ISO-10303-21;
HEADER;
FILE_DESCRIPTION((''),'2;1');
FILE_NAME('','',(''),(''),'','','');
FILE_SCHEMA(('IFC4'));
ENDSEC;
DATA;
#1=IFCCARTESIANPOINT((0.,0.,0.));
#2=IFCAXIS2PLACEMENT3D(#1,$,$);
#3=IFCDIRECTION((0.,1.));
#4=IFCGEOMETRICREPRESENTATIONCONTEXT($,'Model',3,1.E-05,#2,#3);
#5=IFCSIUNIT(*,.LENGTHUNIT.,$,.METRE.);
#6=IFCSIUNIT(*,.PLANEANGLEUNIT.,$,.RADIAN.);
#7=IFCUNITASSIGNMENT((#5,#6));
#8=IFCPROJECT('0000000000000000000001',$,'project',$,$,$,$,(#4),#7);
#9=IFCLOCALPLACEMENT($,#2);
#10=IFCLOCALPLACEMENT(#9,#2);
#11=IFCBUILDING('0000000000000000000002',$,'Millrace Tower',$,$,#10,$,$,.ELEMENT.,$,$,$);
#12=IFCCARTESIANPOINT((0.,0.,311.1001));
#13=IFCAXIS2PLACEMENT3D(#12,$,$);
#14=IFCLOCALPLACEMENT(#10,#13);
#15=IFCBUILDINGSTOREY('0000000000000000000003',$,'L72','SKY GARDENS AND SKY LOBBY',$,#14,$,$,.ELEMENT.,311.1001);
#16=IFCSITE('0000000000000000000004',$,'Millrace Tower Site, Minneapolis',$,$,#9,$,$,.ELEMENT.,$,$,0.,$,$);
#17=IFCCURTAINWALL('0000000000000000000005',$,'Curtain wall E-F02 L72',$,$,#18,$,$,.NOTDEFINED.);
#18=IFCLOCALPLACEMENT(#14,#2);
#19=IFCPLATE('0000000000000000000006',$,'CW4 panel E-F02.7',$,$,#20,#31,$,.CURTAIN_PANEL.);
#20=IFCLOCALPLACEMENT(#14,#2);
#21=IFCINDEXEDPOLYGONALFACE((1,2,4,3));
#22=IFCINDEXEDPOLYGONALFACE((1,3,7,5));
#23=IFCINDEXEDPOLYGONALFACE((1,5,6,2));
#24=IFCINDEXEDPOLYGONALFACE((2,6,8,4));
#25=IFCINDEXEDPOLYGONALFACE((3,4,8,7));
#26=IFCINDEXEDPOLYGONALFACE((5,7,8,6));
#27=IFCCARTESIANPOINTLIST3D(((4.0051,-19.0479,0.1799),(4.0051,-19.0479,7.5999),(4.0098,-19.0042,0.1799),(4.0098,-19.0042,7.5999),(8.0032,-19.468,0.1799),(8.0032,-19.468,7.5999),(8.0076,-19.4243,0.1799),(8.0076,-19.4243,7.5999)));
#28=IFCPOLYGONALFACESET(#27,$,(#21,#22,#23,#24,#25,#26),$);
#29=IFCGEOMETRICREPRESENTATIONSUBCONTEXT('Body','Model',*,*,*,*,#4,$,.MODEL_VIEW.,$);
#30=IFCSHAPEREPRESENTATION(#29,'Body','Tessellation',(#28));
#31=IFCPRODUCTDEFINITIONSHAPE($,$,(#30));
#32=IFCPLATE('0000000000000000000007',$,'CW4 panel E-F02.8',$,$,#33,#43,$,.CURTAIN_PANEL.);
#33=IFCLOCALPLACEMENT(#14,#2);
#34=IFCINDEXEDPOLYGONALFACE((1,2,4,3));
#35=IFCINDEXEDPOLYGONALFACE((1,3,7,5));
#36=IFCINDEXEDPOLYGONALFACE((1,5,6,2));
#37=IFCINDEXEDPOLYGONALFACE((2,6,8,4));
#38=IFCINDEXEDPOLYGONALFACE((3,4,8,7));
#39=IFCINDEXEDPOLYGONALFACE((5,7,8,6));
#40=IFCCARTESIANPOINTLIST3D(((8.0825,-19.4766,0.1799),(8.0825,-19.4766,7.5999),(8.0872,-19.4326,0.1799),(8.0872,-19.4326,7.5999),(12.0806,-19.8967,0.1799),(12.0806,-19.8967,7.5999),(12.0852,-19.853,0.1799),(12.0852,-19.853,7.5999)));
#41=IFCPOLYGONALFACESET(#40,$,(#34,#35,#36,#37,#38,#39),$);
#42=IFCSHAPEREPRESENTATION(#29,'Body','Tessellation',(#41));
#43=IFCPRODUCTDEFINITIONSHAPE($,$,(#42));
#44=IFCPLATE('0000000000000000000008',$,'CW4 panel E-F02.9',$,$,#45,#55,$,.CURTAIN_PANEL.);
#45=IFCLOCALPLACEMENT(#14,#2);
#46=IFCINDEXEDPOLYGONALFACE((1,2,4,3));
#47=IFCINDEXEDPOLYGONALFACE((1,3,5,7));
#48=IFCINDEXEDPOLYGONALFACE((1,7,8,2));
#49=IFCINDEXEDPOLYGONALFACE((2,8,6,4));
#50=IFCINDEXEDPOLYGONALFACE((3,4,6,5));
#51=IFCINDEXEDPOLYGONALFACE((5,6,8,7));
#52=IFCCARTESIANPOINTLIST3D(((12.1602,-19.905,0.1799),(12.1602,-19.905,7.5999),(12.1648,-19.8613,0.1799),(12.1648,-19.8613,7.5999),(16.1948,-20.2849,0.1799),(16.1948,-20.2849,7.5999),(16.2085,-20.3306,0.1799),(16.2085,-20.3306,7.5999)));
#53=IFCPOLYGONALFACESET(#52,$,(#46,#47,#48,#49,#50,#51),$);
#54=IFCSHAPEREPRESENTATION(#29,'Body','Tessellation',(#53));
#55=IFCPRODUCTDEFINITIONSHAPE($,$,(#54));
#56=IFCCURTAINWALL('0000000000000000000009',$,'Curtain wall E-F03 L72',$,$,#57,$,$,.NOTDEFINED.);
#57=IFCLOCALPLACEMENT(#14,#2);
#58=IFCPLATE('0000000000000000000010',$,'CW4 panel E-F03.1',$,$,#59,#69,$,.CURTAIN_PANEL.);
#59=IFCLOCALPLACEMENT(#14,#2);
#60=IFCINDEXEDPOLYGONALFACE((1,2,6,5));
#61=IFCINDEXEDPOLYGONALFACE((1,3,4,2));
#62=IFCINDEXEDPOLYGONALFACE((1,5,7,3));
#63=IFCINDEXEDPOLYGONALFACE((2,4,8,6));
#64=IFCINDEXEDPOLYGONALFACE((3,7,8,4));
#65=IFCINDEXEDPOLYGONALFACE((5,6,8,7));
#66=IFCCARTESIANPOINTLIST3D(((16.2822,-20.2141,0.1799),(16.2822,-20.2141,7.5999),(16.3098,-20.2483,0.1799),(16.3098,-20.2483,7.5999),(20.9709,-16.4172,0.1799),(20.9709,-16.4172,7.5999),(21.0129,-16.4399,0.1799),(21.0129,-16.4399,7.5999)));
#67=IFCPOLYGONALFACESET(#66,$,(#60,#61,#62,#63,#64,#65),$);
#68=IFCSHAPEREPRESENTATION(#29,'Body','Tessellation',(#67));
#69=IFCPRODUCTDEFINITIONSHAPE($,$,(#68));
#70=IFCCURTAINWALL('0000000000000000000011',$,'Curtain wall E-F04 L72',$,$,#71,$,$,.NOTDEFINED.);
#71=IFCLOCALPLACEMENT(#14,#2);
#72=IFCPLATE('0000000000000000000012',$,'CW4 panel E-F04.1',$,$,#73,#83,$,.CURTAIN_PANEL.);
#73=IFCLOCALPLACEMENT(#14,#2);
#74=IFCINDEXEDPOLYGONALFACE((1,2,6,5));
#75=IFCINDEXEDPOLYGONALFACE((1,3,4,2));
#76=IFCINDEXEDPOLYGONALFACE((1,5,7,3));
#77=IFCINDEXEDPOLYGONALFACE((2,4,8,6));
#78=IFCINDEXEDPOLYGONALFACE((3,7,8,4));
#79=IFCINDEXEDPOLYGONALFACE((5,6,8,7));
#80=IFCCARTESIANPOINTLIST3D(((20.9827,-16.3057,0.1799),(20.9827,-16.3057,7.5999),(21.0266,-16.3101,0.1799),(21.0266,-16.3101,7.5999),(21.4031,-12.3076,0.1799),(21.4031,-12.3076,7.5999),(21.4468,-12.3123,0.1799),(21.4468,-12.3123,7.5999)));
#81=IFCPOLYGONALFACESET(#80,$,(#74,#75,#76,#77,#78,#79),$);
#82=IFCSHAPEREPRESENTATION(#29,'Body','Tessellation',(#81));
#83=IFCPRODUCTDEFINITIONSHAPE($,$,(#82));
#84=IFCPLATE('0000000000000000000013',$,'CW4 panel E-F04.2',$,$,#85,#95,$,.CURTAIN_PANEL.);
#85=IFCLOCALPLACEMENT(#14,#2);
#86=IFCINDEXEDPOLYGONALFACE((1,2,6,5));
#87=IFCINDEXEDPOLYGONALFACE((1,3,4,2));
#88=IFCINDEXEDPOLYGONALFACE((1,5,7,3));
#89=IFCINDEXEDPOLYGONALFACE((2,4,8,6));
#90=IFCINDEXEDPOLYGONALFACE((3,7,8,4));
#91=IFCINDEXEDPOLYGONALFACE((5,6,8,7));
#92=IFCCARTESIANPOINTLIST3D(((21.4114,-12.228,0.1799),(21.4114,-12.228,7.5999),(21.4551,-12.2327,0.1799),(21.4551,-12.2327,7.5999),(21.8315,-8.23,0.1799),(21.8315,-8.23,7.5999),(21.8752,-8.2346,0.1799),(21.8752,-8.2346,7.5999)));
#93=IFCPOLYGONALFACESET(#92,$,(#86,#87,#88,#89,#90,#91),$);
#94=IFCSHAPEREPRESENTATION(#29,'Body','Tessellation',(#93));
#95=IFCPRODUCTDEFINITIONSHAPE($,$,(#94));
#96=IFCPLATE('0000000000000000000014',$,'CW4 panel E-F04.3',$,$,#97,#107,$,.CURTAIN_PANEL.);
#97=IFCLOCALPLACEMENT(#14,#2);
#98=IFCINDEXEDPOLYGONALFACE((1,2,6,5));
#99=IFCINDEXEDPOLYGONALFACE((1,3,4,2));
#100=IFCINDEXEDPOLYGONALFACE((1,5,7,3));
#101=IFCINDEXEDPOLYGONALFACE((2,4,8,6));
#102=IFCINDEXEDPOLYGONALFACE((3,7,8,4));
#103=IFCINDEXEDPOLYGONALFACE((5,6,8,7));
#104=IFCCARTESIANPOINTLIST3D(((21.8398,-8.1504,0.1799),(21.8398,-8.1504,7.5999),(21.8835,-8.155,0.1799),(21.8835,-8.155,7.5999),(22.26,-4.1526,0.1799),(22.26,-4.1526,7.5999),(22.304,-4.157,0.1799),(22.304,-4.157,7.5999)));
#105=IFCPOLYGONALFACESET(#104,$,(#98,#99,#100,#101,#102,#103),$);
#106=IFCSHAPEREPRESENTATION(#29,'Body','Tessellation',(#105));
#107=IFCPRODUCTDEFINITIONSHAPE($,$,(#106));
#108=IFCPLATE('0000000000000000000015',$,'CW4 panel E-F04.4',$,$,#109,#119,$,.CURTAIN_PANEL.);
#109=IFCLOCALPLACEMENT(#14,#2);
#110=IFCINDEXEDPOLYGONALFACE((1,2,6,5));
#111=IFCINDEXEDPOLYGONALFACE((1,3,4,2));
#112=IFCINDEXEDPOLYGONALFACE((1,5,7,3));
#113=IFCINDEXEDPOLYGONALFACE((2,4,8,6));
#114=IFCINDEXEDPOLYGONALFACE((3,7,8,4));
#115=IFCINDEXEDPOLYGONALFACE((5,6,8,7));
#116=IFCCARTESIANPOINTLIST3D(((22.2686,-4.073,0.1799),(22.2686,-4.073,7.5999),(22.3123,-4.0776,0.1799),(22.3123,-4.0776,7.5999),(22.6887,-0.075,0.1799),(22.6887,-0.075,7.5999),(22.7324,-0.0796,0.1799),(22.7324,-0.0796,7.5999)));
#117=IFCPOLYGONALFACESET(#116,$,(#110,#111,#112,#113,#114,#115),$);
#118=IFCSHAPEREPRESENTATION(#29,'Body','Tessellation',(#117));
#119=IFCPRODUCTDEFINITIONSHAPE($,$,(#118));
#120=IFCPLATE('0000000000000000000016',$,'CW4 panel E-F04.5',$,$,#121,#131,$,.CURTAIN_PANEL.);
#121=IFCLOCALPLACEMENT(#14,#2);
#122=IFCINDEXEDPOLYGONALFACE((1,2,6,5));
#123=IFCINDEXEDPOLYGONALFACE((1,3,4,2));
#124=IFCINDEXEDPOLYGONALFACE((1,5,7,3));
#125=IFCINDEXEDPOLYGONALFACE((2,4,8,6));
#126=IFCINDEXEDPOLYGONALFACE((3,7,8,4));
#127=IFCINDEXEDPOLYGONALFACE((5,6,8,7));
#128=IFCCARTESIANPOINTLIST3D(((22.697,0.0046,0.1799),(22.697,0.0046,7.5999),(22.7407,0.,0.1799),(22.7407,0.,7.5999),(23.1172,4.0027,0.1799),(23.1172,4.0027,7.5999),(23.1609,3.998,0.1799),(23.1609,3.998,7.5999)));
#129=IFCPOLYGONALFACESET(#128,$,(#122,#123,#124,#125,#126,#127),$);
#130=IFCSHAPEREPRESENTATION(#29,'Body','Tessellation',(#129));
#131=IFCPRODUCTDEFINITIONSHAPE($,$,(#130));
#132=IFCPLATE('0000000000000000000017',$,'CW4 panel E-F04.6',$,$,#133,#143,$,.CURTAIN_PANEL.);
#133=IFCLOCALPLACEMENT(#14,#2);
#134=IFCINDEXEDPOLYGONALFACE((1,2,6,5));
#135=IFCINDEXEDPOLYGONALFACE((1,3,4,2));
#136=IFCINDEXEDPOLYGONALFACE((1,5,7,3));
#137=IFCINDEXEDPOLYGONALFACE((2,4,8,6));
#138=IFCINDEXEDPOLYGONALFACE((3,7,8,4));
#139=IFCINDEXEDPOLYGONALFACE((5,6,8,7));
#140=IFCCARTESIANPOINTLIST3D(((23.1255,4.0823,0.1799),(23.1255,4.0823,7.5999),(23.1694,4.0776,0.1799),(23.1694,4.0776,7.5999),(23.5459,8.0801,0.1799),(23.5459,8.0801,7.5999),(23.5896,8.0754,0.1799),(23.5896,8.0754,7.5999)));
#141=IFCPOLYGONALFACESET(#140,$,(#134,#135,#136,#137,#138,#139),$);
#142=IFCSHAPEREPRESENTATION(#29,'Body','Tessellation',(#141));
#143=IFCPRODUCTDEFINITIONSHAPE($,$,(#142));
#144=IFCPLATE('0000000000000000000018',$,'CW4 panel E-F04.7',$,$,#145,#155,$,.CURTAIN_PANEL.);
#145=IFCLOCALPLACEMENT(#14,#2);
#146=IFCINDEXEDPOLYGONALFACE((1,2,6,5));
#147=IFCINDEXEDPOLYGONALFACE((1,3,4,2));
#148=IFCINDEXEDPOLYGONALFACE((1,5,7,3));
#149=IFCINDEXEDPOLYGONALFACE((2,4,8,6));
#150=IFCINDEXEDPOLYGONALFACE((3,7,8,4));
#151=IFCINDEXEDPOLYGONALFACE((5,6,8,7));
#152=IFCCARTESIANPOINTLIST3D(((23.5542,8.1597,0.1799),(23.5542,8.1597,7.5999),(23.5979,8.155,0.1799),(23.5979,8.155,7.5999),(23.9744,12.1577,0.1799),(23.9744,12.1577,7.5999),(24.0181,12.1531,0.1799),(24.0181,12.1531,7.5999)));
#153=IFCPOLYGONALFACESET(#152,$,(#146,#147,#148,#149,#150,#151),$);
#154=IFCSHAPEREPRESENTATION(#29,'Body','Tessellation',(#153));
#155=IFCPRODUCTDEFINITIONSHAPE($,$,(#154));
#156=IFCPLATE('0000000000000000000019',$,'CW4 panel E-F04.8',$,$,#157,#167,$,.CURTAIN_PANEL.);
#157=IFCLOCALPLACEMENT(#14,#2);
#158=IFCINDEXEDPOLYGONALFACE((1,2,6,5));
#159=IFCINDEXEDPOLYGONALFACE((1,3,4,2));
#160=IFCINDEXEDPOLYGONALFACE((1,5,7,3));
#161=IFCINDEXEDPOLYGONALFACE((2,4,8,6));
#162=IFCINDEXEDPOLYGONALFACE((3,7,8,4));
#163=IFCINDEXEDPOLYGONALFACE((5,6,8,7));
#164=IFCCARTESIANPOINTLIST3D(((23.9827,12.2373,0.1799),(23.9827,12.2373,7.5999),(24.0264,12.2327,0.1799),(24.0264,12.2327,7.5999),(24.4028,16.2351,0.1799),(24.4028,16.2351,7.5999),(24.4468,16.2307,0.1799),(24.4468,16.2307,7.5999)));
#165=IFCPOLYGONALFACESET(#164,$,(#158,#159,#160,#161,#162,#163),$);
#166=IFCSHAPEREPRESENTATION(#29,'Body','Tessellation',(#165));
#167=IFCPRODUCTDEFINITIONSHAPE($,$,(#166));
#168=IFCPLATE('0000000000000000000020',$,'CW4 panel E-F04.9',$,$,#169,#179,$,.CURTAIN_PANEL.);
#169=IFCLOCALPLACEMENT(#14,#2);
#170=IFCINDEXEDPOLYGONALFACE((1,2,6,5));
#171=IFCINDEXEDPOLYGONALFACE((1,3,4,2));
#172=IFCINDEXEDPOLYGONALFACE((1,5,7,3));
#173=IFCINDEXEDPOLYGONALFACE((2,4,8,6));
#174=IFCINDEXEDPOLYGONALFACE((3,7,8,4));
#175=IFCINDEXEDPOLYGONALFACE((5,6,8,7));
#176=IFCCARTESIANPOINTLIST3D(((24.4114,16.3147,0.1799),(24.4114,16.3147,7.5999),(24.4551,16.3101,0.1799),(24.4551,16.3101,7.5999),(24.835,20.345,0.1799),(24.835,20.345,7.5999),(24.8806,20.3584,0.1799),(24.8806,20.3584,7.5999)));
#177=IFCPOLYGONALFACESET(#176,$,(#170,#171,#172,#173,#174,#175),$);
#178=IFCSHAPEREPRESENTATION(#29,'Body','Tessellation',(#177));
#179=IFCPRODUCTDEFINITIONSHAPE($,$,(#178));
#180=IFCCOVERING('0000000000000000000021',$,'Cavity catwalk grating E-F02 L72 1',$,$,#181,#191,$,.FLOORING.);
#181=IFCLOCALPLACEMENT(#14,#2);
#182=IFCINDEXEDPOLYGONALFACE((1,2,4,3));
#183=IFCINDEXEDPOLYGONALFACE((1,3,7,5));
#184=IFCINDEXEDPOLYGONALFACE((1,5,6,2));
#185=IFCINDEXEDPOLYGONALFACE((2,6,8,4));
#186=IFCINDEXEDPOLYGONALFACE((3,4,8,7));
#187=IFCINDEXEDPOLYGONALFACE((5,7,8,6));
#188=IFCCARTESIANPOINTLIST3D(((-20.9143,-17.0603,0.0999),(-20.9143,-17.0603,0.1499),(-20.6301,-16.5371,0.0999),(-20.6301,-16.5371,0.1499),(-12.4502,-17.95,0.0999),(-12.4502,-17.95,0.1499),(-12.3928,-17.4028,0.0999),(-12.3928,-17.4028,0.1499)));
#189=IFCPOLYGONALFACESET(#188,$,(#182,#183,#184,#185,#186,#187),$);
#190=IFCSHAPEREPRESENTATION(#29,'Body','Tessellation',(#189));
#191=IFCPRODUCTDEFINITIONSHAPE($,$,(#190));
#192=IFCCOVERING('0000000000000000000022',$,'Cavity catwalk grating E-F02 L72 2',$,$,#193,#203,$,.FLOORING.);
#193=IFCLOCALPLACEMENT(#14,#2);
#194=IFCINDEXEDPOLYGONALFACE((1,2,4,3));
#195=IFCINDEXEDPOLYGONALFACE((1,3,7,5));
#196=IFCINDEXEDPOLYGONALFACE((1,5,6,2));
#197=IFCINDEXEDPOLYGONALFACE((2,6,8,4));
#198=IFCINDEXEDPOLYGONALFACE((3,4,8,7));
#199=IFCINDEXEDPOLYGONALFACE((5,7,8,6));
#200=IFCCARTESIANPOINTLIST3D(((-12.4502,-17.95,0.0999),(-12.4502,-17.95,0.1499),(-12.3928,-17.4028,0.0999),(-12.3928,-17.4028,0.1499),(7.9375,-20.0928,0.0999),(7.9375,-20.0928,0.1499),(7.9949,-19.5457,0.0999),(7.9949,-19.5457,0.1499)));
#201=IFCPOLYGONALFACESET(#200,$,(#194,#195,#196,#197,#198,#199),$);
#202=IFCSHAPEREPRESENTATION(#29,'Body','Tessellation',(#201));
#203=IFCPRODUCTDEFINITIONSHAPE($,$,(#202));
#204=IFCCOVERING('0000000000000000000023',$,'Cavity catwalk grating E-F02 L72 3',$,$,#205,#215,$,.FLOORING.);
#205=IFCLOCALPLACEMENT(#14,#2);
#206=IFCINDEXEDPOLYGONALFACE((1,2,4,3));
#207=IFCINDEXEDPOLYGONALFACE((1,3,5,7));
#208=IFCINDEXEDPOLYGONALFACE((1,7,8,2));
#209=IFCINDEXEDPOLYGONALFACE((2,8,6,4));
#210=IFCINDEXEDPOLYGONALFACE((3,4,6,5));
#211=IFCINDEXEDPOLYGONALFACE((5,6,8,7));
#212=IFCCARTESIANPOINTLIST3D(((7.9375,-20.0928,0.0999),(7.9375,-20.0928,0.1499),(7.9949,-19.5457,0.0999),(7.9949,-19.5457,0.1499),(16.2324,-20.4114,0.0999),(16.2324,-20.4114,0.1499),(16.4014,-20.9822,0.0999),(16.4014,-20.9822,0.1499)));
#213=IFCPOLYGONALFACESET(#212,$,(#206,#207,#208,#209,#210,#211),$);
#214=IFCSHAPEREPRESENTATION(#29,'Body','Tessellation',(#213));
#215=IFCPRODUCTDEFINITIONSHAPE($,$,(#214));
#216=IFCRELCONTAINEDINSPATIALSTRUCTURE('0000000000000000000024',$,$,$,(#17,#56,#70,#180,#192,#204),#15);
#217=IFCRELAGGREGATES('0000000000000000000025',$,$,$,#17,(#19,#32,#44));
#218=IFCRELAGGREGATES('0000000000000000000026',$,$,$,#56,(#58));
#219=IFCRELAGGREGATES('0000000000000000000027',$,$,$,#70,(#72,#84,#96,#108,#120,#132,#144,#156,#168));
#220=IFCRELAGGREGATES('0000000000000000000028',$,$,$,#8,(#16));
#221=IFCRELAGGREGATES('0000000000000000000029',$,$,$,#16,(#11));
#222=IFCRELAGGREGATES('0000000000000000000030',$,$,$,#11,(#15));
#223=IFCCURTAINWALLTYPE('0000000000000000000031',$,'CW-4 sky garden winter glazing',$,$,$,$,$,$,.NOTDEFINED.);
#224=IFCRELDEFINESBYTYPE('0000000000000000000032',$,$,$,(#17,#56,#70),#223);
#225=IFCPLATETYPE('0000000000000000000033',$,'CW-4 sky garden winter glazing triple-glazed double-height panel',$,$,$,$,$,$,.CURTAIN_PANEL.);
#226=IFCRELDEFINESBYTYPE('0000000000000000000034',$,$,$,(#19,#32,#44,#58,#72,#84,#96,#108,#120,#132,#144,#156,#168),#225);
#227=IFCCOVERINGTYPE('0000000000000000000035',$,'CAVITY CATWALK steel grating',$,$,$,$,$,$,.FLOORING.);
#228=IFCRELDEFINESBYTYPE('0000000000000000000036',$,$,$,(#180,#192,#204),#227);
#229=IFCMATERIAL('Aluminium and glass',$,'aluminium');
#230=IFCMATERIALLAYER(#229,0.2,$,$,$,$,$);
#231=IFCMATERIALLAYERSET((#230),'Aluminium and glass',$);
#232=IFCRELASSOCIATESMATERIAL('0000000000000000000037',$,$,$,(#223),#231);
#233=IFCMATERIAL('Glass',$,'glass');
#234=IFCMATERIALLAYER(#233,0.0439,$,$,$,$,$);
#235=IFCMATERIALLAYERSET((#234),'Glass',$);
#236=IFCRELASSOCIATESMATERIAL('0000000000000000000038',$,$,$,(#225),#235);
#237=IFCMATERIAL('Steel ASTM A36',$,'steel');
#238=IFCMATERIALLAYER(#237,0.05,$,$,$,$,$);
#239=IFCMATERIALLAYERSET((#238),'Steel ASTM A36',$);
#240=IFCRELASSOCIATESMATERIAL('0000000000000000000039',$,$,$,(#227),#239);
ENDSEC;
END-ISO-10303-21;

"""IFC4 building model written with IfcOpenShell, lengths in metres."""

from ifc_helpers import new_model, si_unit, direction, frame, origin, place, context, subcontext, project, spatial, polyline, outline, extrude, material, layer, layer_set, type_object, element, aggregate, save


model = new_model("IFC4")

# Units and contexts
model_context = context("Model", 3, precision=1e-05, world=origin(), true_north=direction((0.0, 1.0)))
body_context = subcontext(model_context, "Body", "Model", "MODEL_VIEW")
ifc_project = project(units=[si_unit("LENGTHUNIT", "METRE"), si_unit("PLANEANGLEUNIT", "RADIAN")], contexts=[model_context])

# Site, building, storey
site_placement = place(None, origin())
site = spatial("IfcSite", under=ifc_project, at=site_placement, Name="Millrace Tower Site, Minneapolis", CompositionType="ELEMENT", RefElevation=0.0)
building_placement = place(site_placement, origin())
building = spatial("IfcBuilding", under=site, at=building_placement, Name="Millrace Tower", CompositionType="ELEMENT")
storey_placement = place(building_placement, frame((0.0, 0.0, 311.1001)))
storey = spatial("IfcBuildingStorey", under=building, at=storey_placement, Name="L72", Description="SKY GARDENS AND SKY LOBBY", CompositionType="ELEMENT", Elevation=311.1001)

# Curtain wall, plates
ifc_material_1 = material(Name="Aluminium and glass", Category="aluminium")
ifc_layer_1 = layer(ifc_material_1, 0.2)
ifc_layer_set_1 = layer_set([ifc_layer_1], Name="Aluminium and glass")
curtain_wall_type = type_object("IfcCurtainWallType", Name="CW-4 sky garden winter glazing", PredefinedType="NOTDEFINED", material=ifc_layer_set_1)
placement_1 = place(storey_placement, origin())
curtain_wall_1 = element("IfcCurtainWall", 1, at=placement_1, inside=storey, type_object=curtain_wall_type, Name="Curtain wall E-F02 L72", PredefinedType="NOTDEFINED")
ifc_material_2 = material(Name="Glass", Category="glass")
ifc_layer_2 = layer(ifc_material_2, 0.0439)
ifc_layer_set_2 = layer_set([ifc_layer_2], Name="Glass")
plate_type = type_object("IfcPlateType", Name="CW-4 sky garden winter glazing triple-glazed double-height panel", PredefinedType="CURTAIN_PANEL", material=ifc_layer_set_2)
placement_2 = place(storey_placement, frame((0.0, 0.0, 0.1799)))
plate_1 = element("IfcPlate", 2, at=placement_2, type_object=plate_type, Name="CW4 panel E-F02.7", PredefinedType="CURTAIN_PANEL", context=body_context, shape_type="SweptSolid", body=[
    extrude(outline(polyline([(4.0051, -19.0479), (8.0032, -19.468), (8.0076, -19.4243), (4.0098, -19.0042), (4.0051, -19.0479)])), origin(), (0.0, 0.0, 1.0), 7.4199),
])
plate_2 = element("IfcPlate", 3, at=placement_2, type_object=plate_type, Name="CW4 panel E-F02.8", PredefinedType="CURTAIN_PANEL", context=body_context, shape_type="SweptSolid", body=[
    extrude(outline(polyline([(8.0825, -19.4766), (12.0806, -19.8967), (12.0852, -19.853), (8.0872, -19.4326), (8.0825, -19.4766)])), origin(), (0.0, 0.0, 1.0), 7.4199),
])
plate_3 = element("IfcPlate", 4, at=placement_2, type_object=plate_type, Name="CW4 panel E-F02.9", PredefinedType="CURTAIN_PANEL", context=body_context, shape_type="SweptSolid", body=[
    extrude(outline(polyline([(12.1602, -19.905), (16.2085, -20.3306), (16.1948, -20.2849), (12.1648, -19.8613), (12.1602, -19.905)])), origin(), (0.0, 0.0, 1.0), 7.4199),
])
aggregate(curtain_wall_1, [plate_1, plate_2, plate_3])

# Curtain wall, plate
curtain_wall_2 = element("IfcCurtainWall", 5, at=placement_1, inside=storey, type_object=curtain_wall_type, Name="Curtain wall E-F03 L72", PredefinedType="NOTDEFINED")
plate_4 = element("IfcPlate", 6, at=placement_2, type_object=plate_type, Name="CW4 panel E-F03.1", PredefinedType="CURTAIN_PANEL", context=body_context, shape_type="SweptSolid", body=[
    extrude(outline(polyline([(16.3098, -20.2483), (21.0129, -16.4399), (20.9709, -16.4172), (16.2822, -20.2141), (16.3098, -20.2483)])), origin(), (0.0, 0.0, 1.0), 7.4199),
])
aggregate(curtain_wall_2, [plate_4])

# Curtain wall, plates
curtain_wall_3 = element("IfcCurtainWall", 7, at=placement_1, inside=storey, type_object=curtain_wall_type, Name="Curtain wall E-F04 L72", PredefinedType="NOTDEFINED")
plate_5 = element("IfcPlate", 8, at=placement_2, type_object=plate_type, Name="CW4 panel E-F04.1", PredefinedType="CURTAIN_PANEL", context=body_context, shape_type="SweptSolid", body=[
    extrude(outline(polyline([(21.0266, -16.3101), (21.4468, -12.3123), (21.4031, -12.3076), (20.9827, -16.3057), (21.0266, -16.3101)])), origin(), (0.0, 0.0, 1.0), 7.4199),
])
plate_6 = element("IfcPlate", 9, at=placement_2, type_object=plate_type, Name="CW4 panel E-F04.2", PredefinedType="CURTAIN_PANEL", context=body_context, shape_type="SweptSolid", body=[
    extrude(outline(polyline([(21.4551, -12.2327), (21.8752, -8.2346), (21.8315, -8.23), (21.4114, -12.228), (21.4551, -12.2327)])), origin(), (0.0, 0.0, 1.0), 7.4199),
])
plate_7 = element("IfcPlate", 10, at=placement_2, type_object=plate_type, Name="CW4 panel E-F04.3", PredefinedType="CURTAIN_PANEL", context=body_context, shape_type="SweptSolid", body=[
    extrude(outline(polyline([(21.8835, -8.155), (22.304, -4.157), (22.26, -4.1526), (21.8398, -8.1504), (21.8835, -8.155)])), origin(), (0.0, 0.0, 1.0), 7.4199),
])
plate_8 = element("IfcPlate", 11, at=placement_2, type_object=plate_type, Name="CW4 panel E-F04.4", PredefinedType="CURTAIN_PANEL", context=body_context, shape_type="SweptSolid", body=[
    extrude(outline(polyline([(22.3123, -4.0776), (22.7324, -0.0796), (22.6887, -0.075), (22.2686, -4.073), (22.3123, -4.0776)])), origin(), (0.0, 0.0, 1.0), 7.4199),
])
plate_9 = element("IfcPlate", 12, at=placement_2, type_object=plate_type, Name="CW4 panel E-F04.5", PredefinedType="CURTAIN_PANEL", context=body_context, shape_type="SweptSolid", body=[
    extrude(outline(polyline([(22.7407, 0.0), (23.1609, 3.998), (23.1172, 4.0027), (22.697, 0.0046), (22.7407, 0.0)])), origin(), (0.0, 0.0, 1.0), 7.4199),
])
plate_10 = element("IfcPlate", 13, at=placement_2, type_object=plate_type, Name="CW4 panel E-F04.6", PredefinedType="CURTAIN_PANEL", context=body_context, shape_type="SweptSolid", body=[
    extrude(outline(polyline([(23.1694, 4.0776), (23.5896, 8.0754), (23.5459, 8.0801), (23.1255, 4.0823), (23.1694, 4.0776)])), origin(), (0.0, 0.0, 1.0), 7.4199),
])
plate_11 = element("IfcPlate", 14, at=placement_2, type_object=plate_type, Name="CW4 panel E-F04.7", PredefinedType="CURTAIN_PANEL", context=body_context, shape_type="SweptSolid", body=[
    extrude(outline(polyline([(23.5979, 8.155), (24.0181, 12.1531), (23.9744, 12.1577), (23.5542, 8.1597), (23.5979, 8.155)])), origin(), (0.0, 0.0, 1.0), 7.4199),
])
plate_12 = element("IfcPlate", 15, at=placement_2, type_object=plate_type, Name="CW4 panel E-F04.8", PredefinedType="CURTAIN_PANEL", context=body_context, shape_type="SweptSolid", body=[
    extrude(outline(polyline([(24.0264, 12.2327), (24.4468, 16.2307), (24.4028, 16.2351), (23.9827, 12.2373), (24.0264, 12.2327)])), origin(), (0.0, 0.0, 1.0), 7.4199),
])
plate_13 = element("IfcPlate", 16, at=placement_2, type_object=plate_type, Name="CW4 panel E-F04.9", PredefinedType="CURTAIN_PANEL", context=body_context, shape_type="SweptSolid", body=[
    extrude(outline(polyline([(24.4551, 16.3101), (24.8806, 20.3584), (24.835, 20.345), (24.4114, 16.3147), (24.4551, 16.3101)])), origin(), (0.0, 0.0, 1.0), 7.4199),
])
aggregate(curtain_wall_3, [plate_5, plate_6, plate_7, plate_8, plate_9, plate_10, plate_11, plate_12, plate_13])

# Coverings
ifc_material_3 = material(Name="Steel ASTM A36", Category="steel")
ifc_layer_3 = layer(ifc_material_3, 0.05)
ifc_layer_set_3 = layer_set([ifc_layer_3], Name="Steel ASTM A36")
covering_type = type_object("IfcCoveringType", Name="CAVITY CATWALK steel grating", PredefinedType="FLOORING", material=ifc_layer_set_3)
placement_3 = place(storey_placement, frame((0.0, 0.0, 0.0999)))
element("IfcCovering", 17, at=placement_3, inside=storey, type_object=covering_type, Name="Cavity catwalk grating E-F02 L72 1", PredefinedType="FLOORING", context=body_context, shape_type="SweptSolid", body=[
    extrude(outline(polyline([(-20.9143, -17.0603), (-12.4502, -17.95), (-12.3928, -17.4028), (-20.6301, -16.5371), (-20.9143, -17.0603)])), origin(), (0.0, 0.0, 1.0), 0.05),
])
element("IfcCovering", 18, at=placement_3, inside=storey, type_object=covering_type, Name="Cavity catwalk grating E-F02 L72 2", PredefinedType="FLOORING", context=body_context, shape_type="SweptSolid", body=[
    extrude(outline(polyline([(-12.4502, -17.95), (7.9375, -20.0928), (7.9949, -19.5457), (-12.3928, -17.4028), (-12.4502, -17.95)])), origin(), (0.0, 0.0, 1.0), 0.05),
])
element("IfcCovering", 19, at=placement_3, inside=storey, type_object=covering_type, Name="Cavity catwalk grating E-F02 L72 3", PredefinedType="FLOORING", context=body_context, shape_type="SweptSolid", body=[
    extrude(outline(polyline([(7.9375, -20.0928), (16.4014, -20.9822), (16.2324, -20.4114), (7.9949, -19.5457), (7.9375, -20.0928)])), origin(), (0.0, 0.0, 1.0), 0.05),
])

save(model, "model.ifc")
